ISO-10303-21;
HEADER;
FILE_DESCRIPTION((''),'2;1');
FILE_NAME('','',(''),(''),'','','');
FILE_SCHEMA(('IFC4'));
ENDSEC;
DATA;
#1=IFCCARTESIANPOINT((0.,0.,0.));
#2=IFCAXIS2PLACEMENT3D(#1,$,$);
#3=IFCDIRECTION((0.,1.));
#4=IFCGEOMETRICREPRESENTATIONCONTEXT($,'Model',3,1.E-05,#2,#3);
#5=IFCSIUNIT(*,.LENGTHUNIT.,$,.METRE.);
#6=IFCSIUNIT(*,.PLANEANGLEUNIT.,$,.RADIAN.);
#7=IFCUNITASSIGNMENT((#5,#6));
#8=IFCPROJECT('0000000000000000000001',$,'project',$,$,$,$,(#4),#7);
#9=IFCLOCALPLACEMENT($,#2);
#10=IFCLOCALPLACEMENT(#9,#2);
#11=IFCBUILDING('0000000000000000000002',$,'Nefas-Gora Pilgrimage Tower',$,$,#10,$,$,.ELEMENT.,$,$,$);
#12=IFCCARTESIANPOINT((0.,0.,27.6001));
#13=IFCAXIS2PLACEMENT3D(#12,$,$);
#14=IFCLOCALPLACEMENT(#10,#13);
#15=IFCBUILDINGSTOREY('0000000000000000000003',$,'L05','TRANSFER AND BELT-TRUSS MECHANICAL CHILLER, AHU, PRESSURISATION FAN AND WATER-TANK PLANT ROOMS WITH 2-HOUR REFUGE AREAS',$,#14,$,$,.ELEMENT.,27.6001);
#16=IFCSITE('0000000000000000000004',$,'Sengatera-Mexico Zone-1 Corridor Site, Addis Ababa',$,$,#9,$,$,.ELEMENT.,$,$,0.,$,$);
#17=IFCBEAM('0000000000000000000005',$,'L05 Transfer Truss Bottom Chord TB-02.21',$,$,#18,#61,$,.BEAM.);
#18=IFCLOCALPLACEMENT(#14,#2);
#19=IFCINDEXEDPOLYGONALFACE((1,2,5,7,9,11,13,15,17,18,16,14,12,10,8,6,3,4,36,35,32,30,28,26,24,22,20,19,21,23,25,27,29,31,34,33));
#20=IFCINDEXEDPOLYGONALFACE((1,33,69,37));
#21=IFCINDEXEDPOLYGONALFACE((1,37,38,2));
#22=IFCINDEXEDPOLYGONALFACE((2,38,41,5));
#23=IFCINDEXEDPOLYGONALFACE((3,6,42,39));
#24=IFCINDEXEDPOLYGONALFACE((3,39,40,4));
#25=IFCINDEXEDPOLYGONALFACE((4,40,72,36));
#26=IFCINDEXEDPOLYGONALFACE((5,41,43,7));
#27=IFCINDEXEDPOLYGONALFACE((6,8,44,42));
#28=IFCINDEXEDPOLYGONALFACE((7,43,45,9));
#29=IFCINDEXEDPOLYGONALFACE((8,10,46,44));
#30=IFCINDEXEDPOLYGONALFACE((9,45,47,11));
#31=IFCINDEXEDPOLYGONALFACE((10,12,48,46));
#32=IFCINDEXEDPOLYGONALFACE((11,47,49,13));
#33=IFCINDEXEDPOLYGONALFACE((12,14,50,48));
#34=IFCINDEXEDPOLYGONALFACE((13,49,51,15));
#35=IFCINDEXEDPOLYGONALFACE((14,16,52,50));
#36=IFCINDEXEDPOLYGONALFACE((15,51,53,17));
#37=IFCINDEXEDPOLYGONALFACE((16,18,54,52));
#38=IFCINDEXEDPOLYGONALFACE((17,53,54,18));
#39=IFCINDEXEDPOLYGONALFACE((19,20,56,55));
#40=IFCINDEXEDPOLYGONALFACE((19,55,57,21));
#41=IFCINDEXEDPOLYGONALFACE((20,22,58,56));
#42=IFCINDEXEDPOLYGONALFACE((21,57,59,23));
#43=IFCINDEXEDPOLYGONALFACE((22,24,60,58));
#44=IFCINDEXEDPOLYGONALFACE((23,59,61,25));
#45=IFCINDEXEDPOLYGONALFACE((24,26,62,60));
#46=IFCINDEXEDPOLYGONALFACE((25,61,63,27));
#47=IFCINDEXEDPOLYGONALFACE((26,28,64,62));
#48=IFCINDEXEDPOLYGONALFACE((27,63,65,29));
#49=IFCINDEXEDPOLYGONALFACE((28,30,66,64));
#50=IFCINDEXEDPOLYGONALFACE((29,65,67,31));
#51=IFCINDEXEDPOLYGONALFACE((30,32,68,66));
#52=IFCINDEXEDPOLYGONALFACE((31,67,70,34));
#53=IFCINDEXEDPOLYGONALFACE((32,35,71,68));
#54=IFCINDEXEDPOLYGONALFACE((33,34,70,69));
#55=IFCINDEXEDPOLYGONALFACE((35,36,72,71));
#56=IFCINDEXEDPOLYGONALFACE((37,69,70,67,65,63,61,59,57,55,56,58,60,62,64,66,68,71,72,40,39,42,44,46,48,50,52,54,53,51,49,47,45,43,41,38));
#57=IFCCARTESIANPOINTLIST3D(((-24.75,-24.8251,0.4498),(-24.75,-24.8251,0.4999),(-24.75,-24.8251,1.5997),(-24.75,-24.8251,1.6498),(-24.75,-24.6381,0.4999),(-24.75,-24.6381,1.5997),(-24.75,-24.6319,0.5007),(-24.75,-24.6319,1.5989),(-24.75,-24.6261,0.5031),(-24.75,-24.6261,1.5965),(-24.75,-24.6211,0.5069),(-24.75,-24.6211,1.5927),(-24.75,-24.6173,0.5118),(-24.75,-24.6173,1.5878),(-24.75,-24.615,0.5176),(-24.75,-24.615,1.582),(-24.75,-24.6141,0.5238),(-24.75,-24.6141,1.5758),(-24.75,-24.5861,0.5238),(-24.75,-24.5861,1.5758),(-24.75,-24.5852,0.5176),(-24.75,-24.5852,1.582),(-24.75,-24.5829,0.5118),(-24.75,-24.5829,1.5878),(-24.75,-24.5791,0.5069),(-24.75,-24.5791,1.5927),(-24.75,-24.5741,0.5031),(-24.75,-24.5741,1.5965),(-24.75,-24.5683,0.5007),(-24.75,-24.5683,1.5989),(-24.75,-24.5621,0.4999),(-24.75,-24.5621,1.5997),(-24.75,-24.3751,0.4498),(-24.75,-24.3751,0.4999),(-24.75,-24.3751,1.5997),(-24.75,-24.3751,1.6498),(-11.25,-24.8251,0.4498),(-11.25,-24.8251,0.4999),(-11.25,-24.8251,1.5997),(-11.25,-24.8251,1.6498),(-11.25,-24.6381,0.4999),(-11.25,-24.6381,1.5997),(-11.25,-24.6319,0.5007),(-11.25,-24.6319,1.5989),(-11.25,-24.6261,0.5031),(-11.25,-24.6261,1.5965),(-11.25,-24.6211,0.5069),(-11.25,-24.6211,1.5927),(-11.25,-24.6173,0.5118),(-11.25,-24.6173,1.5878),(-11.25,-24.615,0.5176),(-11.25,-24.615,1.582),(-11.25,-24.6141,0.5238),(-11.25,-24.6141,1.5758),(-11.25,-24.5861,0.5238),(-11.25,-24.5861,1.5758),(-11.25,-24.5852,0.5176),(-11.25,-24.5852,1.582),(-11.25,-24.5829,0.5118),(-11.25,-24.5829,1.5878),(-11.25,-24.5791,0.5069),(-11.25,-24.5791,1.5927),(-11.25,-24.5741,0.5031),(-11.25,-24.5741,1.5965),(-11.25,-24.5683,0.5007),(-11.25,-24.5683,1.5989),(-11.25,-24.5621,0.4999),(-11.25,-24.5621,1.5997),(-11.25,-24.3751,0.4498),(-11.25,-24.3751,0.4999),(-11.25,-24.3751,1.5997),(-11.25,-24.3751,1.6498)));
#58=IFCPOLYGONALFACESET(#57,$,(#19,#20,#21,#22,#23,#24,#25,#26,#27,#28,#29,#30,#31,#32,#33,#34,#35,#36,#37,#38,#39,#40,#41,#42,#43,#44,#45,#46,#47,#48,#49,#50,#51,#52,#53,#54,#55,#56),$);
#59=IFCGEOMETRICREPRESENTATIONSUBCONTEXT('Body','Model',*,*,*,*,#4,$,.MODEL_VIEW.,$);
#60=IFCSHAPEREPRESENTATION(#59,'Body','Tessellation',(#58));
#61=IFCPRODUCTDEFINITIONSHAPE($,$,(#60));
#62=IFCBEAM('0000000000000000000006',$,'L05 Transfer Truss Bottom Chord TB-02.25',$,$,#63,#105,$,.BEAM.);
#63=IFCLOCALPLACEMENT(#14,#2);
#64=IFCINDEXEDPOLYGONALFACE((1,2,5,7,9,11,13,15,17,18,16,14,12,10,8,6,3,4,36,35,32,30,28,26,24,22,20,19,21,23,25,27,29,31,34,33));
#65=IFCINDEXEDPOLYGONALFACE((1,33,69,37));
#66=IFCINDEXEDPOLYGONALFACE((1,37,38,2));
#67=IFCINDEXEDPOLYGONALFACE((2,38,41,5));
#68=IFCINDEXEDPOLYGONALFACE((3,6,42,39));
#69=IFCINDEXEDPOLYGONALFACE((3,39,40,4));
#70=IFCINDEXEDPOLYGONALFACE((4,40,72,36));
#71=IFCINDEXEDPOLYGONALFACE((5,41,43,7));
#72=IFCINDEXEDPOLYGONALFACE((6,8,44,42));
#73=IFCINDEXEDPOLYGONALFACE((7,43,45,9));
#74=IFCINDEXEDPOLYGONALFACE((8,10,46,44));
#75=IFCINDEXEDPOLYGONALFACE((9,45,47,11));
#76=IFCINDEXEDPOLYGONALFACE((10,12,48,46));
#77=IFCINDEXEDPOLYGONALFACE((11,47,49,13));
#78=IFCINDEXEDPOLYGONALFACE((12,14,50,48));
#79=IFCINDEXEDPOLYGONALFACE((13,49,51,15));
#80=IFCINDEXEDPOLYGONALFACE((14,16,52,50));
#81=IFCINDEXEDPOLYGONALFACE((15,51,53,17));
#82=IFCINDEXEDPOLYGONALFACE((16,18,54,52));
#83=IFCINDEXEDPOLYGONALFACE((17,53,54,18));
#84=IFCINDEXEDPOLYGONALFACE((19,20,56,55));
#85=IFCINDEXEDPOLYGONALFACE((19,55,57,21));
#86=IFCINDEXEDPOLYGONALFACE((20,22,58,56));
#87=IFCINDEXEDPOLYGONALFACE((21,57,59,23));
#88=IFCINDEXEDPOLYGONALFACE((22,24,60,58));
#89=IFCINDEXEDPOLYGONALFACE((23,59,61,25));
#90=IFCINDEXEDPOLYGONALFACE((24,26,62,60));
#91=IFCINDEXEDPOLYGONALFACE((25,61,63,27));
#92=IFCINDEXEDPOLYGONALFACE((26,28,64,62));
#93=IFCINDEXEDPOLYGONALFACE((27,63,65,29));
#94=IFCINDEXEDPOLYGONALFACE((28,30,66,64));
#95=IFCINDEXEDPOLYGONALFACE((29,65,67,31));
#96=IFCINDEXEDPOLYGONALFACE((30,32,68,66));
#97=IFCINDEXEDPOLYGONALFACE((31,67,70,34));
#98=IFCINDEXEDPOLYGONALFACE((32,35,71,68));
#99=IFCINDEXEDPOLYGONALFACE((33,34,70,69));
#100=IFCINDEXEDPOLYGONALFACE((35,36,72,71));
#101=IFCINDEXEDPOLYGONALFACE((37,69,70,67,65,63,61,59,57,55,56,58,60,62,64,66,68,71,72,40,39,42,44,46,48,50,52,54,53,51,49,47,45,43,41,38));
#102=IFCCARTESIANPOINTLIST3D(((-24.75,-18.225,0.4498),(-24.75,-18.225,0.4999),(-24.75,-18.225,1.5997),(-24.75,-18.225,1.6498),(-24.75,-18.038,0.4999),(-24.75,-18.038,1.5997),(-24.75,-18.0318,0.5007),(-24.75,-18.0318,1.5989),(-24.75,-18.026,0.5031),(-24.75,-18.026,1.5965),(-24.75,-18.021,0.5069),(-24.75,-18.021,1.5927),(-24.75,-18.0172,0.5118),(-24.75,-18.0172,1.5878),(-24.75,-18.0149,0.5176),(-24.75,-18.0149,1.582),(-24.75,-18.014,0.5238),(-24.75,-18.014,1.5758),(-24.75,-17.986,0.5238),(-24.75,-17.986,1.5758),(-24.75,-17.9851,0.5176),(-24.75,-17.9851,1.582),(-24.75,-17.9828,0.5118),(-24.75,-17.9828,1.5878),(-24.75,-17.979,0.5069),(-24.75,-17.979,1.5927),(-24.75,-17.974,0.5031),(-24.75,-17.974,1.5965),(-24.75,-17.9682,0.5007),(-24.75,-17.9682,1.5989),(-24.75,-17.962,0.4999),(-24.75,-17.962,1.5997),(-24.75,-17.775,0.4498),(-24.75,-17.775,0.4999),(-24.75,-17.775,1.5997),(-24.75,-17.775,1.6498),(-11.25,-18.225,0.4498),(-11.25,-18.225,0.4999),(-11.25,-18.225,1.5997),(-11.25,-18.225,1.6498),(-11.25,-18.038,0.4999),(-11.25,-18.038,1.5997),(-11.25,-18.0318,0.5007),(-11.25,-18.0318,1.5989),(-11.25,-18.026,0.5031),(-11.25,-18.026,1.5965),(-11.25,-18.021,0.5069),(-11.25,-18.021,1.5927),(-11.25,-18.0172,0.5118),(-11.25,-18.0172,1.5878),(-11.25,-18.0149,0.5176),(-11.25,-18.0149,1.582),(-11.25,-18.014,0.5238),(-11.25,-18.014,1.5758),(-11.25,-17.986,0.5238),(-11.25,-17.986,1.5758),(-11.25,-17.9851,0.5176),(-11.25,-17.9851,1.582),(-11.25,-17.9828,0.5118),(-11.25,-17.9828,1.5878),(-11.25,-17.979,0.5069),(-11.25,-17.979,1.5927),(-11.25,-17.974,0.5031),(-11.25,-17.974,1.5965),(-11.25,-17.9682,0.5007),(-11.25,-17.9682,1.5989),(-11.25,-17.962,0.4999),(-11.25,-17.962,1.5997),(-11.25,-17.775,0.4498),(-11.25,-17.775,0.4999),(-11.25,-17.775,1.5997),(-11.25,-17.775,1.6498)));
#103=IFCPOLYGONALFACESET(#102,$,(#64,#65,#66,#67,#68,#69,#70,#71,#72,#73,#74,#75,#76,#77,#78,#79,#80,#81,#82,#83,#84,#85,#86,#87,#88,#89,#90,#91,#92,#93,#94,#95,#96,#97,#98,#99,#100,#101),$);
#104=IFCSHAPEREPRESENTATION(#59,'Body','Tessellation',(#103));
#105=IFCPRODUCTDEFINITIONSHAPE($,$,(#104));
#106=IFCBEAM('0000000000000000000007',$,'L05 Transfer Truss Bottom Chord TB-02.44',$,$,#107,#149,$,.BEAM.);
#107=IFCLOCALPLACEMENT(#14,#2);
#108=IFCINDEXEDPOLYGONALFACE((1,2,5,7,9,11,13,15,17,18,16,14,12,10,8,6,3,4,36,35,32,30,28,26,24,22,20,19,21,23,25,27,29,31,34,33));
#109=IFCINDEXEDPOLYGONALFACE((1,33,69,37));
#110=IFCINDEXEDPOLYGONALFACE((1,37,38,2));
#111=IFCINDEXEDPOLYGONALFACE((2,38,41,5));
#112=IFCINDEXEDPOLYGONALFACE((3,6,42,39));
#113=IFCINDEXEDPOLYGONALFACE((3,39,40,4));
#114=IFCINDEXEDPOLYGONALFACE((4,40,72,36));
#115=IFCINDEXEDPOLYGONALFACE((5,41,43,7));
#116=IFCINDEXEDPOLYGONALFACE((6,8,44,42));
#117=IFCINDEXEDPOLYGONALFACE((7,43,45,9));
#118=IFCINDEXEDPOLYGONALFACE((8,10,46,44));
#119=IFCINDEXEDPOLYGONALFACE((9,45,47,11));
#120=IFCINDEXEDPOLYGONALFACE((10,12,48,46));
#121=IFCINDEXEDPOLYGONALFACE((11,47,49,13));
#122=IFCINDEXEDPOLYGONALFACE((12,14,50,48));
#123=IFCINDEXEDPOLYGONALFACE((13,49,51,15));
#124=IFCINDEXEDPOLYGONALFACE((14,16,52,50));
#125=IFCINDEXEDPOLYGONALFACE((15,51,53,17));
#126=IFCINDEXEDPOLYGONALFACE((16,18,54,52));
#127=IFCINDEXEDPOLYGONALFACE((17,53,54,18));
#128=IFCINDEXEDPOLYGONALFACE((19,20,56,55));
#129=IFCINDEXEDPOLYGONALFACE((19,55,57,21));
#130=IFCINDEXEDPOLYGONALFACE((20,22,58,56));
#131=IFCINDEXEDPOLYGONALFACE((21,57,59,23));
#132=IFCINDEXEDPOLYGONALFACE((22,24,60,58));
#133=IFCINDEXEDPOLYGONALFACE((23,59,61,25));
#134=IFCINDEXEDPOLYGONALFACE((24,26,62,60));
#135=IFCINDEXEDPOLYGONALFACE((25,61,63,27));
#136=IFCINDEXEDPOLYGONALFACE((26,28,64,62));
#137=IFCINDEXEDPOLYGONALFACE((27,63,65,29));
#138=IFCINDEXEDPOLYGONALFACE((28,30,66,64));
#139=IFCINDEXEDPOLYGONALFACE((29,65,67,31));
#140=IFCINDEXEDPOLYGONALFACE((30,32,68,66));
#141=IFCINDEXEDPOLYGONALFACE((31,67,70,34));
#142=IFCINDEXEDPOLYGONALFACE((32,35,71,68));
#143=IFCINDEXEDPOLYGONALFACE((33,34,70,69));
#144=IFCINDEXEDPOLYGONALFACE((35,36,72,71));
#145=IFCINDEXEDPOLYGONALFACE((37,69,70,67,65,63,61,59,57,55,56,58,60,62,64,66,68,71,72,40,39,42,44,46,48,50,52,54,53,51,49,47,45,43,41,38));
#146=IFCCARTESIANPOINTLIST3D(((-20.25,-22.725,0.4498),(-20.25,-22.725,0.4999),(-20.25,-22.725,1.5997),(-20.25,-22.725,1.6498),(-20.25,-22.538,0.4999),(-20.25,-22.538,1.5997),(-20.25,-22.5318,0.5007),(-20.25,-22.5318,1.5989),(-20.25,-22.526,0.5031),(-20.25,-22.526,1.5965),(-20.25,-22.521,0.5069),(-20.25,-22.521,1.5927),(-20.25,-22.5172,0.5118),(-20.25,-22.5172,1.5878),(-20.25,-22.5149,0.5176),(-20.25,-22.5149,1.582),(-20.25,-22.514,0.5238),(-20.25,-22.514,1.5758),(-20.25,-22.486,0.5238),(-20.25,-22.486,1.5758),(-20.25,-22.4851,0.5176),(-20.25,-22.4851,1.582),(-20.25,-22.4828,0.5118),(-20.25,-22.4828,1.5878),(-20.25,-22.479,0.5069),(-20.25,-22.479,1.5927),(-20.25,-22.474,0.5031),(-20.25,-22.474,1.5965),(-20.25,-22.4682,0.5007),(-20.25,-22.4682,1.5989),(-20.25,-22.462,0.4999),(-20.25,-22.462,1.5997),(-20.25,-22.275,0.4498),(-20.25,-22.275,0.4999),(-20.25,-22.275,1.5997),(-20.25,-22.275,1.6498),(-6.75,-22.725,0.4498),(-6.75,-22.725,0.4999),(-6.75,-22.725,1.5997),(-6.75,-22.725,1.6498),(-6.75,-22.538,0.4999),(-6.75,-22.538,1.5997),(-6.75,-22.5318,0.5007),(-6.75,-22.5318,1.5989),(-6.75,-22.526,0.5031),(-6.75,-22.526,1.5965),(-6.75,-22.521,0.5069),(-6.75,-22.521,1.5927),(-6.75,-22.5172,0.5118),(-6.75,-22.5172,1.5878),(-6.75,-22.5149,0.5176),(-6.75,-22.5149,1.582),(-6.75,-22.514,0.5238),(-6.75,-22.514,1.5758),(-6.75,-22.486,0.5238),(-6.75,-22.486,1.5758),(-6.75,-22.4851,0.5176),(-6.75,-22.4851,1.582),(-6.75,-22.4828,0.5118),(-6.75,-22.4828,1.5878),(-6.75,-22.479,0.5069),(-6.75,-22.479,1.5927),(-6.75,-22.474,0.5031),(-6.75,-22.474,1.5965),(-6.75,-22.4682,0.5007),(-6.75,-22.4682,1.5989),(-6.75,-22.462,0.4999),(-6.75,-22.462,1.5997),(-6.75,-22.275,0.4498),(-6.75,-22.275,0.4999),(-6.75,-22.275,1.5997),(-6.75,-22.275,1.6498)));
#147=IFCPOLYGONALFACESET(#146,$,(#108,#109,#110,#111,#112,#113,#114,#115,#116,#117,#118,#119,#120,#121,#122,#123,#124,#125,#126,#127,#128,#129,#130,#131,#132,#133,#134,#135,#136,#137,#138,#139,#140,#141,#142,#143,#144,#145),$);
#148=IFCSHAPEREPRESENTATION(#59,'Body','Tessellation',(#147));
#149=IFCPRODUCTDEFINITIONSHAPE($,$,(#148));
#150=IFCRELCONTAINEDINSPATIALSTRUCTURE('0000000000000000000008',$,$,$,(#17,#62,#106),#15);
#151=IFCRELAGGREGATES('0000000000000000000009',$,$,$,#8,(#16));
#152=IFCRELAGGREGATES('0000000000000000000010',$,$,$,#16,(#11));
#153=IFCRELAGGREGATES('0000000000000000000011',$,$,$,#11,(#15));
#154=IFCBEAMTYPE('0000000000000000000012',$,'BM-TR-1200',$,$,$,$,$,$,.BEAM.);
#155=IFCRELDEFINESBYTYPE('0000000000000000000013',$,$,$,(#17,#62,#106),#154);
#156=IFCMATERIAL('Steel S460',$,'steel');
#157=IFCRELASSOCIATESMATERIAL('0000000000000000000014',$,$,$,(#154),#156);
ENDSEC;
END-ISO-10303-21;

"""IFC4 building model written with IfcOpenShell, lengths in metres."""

from ifc_helpers import new_model, si_unit, direction, frame, origin, origin_2d, place, context, subcontext, project, spatial, i_section, extrude, source, transform, mapped, material, material_profile, profile_set, type_object, element, save


model = new_model("IFC4")

# Units and contexts
model_context = context("Model", 3, precision=1e-05, world=origin(), true_north=direction((0.0, 1.0)))
body_context = subcontext(model_context, "Body", "Model", "MODEL_VIEW")
ifc_project = project(units=[si_unit("LENGTHUNIT", "METRE"), si_unit("PLANEANGLEUNIT", "RADIAN")], contexts=[model_context])

# Site, building, storey
site_placement = place(None, origin())
site = spatial("IfcSite", under=ifc_project, at=site_placement, Name="Sengatera-Mexico Zone-1 Corridor Site, Addis Ababa", CompositionType="ELEMENT", RefElevation=0.0)
building_placement = place(site_placement, origin())
building = spatial("IfcBuilding", under=site, at=building_placement, Name="Nefas-Gora Pilgrimage Tower", CompositionType="ELEMENT")
storey_placement = place(building_placement, frame((0.0, 0.0, 27.6001)))
storey = spatial("IfcBuildingStorey", under=building, at=storey_placement, Name="L05", Description="TRANSFER AND BELT-TRUSS MECHANICAL CHILLER, AHU, PRESSURISATION FAN AND WATER-TANK PLANT ROOMS WITH 2-HOUR REFUGE AREAS", CompositionType="ELEMENT", Elevation=27.6001)

# Shared definitions
ifc_material = material(Name="Steel S460", Category="steel")

# Beams
ifc_material_profile_1 = material_profile(ifc_material, i_section(OverallWidth=0.45, OverallDepth=1.2, WebThickness=0.0281, FlangeThickness=0.05, FilletRadius=0.0239, at=origin_2d()), Name="WPG 1200x450x28x50")
ifc_profile_set_1 = profile_set([ifc_material_profile_1], Name="Steel S460")
beam_type_1 = type_object("IfcBeamType", Name="BM-TR-1200", PredefinedType="BEAM", material=ifc_profile_set_1)
shared_shape_1 = source(origin(), body_context, "Body", "SweptSolid", [
    extrude(i_section(OverallWidth=0.45, OverallDepth=1.2, WebThickness=0.0281, FlangeThickness=0.05, FilletRadius=0.0239, at=origin_2d()), origin(), (0.0, 0.0, 1.0), 13.5),
])
for number, where, z_axis, x_axis, name in (
    (1, (-24.75, -24.6001, 1.0498), (1.0, 0.0, 0.0), (0.0, 1.0, 0.0), "L05 Transfer Truss Bottom Chord TB-02.21"),
    (2, (-24.75, -18.0, 1.0498), (1.0, 0.0, 0.0), (0.0, 1.0, 0.0), "L05 Transfer Truss Bottom Chord TB-02.25"),
    (3, (-20.25, -22.5, 1.0498), (1.0, 0.0, 0.0), (0.0, 1.0, 0.0), "L05 Transfer Truss Bottom Chord TB-02.44"),
):
    element("IfcBeam", number, at=place(storey_placement, frame(where, z_axis=z_axis, x_axis=x_axis)), inside=storey, type_object=beam_type_1, Name=name, PredefinedType="BEAM", context=body_context, shape_type="MappedRepresentation", body=[
        mapped(shared_shape_1, transform((0.0, 0.0, 0.0), x_axis=(1.0, 0.0, 0.0), y_axis=(0.0, 1.0, 0.0), z_axis=(0.0, 0.0, 1.0), scale=1.0)),
    ])

save(model, "model.ifc")
